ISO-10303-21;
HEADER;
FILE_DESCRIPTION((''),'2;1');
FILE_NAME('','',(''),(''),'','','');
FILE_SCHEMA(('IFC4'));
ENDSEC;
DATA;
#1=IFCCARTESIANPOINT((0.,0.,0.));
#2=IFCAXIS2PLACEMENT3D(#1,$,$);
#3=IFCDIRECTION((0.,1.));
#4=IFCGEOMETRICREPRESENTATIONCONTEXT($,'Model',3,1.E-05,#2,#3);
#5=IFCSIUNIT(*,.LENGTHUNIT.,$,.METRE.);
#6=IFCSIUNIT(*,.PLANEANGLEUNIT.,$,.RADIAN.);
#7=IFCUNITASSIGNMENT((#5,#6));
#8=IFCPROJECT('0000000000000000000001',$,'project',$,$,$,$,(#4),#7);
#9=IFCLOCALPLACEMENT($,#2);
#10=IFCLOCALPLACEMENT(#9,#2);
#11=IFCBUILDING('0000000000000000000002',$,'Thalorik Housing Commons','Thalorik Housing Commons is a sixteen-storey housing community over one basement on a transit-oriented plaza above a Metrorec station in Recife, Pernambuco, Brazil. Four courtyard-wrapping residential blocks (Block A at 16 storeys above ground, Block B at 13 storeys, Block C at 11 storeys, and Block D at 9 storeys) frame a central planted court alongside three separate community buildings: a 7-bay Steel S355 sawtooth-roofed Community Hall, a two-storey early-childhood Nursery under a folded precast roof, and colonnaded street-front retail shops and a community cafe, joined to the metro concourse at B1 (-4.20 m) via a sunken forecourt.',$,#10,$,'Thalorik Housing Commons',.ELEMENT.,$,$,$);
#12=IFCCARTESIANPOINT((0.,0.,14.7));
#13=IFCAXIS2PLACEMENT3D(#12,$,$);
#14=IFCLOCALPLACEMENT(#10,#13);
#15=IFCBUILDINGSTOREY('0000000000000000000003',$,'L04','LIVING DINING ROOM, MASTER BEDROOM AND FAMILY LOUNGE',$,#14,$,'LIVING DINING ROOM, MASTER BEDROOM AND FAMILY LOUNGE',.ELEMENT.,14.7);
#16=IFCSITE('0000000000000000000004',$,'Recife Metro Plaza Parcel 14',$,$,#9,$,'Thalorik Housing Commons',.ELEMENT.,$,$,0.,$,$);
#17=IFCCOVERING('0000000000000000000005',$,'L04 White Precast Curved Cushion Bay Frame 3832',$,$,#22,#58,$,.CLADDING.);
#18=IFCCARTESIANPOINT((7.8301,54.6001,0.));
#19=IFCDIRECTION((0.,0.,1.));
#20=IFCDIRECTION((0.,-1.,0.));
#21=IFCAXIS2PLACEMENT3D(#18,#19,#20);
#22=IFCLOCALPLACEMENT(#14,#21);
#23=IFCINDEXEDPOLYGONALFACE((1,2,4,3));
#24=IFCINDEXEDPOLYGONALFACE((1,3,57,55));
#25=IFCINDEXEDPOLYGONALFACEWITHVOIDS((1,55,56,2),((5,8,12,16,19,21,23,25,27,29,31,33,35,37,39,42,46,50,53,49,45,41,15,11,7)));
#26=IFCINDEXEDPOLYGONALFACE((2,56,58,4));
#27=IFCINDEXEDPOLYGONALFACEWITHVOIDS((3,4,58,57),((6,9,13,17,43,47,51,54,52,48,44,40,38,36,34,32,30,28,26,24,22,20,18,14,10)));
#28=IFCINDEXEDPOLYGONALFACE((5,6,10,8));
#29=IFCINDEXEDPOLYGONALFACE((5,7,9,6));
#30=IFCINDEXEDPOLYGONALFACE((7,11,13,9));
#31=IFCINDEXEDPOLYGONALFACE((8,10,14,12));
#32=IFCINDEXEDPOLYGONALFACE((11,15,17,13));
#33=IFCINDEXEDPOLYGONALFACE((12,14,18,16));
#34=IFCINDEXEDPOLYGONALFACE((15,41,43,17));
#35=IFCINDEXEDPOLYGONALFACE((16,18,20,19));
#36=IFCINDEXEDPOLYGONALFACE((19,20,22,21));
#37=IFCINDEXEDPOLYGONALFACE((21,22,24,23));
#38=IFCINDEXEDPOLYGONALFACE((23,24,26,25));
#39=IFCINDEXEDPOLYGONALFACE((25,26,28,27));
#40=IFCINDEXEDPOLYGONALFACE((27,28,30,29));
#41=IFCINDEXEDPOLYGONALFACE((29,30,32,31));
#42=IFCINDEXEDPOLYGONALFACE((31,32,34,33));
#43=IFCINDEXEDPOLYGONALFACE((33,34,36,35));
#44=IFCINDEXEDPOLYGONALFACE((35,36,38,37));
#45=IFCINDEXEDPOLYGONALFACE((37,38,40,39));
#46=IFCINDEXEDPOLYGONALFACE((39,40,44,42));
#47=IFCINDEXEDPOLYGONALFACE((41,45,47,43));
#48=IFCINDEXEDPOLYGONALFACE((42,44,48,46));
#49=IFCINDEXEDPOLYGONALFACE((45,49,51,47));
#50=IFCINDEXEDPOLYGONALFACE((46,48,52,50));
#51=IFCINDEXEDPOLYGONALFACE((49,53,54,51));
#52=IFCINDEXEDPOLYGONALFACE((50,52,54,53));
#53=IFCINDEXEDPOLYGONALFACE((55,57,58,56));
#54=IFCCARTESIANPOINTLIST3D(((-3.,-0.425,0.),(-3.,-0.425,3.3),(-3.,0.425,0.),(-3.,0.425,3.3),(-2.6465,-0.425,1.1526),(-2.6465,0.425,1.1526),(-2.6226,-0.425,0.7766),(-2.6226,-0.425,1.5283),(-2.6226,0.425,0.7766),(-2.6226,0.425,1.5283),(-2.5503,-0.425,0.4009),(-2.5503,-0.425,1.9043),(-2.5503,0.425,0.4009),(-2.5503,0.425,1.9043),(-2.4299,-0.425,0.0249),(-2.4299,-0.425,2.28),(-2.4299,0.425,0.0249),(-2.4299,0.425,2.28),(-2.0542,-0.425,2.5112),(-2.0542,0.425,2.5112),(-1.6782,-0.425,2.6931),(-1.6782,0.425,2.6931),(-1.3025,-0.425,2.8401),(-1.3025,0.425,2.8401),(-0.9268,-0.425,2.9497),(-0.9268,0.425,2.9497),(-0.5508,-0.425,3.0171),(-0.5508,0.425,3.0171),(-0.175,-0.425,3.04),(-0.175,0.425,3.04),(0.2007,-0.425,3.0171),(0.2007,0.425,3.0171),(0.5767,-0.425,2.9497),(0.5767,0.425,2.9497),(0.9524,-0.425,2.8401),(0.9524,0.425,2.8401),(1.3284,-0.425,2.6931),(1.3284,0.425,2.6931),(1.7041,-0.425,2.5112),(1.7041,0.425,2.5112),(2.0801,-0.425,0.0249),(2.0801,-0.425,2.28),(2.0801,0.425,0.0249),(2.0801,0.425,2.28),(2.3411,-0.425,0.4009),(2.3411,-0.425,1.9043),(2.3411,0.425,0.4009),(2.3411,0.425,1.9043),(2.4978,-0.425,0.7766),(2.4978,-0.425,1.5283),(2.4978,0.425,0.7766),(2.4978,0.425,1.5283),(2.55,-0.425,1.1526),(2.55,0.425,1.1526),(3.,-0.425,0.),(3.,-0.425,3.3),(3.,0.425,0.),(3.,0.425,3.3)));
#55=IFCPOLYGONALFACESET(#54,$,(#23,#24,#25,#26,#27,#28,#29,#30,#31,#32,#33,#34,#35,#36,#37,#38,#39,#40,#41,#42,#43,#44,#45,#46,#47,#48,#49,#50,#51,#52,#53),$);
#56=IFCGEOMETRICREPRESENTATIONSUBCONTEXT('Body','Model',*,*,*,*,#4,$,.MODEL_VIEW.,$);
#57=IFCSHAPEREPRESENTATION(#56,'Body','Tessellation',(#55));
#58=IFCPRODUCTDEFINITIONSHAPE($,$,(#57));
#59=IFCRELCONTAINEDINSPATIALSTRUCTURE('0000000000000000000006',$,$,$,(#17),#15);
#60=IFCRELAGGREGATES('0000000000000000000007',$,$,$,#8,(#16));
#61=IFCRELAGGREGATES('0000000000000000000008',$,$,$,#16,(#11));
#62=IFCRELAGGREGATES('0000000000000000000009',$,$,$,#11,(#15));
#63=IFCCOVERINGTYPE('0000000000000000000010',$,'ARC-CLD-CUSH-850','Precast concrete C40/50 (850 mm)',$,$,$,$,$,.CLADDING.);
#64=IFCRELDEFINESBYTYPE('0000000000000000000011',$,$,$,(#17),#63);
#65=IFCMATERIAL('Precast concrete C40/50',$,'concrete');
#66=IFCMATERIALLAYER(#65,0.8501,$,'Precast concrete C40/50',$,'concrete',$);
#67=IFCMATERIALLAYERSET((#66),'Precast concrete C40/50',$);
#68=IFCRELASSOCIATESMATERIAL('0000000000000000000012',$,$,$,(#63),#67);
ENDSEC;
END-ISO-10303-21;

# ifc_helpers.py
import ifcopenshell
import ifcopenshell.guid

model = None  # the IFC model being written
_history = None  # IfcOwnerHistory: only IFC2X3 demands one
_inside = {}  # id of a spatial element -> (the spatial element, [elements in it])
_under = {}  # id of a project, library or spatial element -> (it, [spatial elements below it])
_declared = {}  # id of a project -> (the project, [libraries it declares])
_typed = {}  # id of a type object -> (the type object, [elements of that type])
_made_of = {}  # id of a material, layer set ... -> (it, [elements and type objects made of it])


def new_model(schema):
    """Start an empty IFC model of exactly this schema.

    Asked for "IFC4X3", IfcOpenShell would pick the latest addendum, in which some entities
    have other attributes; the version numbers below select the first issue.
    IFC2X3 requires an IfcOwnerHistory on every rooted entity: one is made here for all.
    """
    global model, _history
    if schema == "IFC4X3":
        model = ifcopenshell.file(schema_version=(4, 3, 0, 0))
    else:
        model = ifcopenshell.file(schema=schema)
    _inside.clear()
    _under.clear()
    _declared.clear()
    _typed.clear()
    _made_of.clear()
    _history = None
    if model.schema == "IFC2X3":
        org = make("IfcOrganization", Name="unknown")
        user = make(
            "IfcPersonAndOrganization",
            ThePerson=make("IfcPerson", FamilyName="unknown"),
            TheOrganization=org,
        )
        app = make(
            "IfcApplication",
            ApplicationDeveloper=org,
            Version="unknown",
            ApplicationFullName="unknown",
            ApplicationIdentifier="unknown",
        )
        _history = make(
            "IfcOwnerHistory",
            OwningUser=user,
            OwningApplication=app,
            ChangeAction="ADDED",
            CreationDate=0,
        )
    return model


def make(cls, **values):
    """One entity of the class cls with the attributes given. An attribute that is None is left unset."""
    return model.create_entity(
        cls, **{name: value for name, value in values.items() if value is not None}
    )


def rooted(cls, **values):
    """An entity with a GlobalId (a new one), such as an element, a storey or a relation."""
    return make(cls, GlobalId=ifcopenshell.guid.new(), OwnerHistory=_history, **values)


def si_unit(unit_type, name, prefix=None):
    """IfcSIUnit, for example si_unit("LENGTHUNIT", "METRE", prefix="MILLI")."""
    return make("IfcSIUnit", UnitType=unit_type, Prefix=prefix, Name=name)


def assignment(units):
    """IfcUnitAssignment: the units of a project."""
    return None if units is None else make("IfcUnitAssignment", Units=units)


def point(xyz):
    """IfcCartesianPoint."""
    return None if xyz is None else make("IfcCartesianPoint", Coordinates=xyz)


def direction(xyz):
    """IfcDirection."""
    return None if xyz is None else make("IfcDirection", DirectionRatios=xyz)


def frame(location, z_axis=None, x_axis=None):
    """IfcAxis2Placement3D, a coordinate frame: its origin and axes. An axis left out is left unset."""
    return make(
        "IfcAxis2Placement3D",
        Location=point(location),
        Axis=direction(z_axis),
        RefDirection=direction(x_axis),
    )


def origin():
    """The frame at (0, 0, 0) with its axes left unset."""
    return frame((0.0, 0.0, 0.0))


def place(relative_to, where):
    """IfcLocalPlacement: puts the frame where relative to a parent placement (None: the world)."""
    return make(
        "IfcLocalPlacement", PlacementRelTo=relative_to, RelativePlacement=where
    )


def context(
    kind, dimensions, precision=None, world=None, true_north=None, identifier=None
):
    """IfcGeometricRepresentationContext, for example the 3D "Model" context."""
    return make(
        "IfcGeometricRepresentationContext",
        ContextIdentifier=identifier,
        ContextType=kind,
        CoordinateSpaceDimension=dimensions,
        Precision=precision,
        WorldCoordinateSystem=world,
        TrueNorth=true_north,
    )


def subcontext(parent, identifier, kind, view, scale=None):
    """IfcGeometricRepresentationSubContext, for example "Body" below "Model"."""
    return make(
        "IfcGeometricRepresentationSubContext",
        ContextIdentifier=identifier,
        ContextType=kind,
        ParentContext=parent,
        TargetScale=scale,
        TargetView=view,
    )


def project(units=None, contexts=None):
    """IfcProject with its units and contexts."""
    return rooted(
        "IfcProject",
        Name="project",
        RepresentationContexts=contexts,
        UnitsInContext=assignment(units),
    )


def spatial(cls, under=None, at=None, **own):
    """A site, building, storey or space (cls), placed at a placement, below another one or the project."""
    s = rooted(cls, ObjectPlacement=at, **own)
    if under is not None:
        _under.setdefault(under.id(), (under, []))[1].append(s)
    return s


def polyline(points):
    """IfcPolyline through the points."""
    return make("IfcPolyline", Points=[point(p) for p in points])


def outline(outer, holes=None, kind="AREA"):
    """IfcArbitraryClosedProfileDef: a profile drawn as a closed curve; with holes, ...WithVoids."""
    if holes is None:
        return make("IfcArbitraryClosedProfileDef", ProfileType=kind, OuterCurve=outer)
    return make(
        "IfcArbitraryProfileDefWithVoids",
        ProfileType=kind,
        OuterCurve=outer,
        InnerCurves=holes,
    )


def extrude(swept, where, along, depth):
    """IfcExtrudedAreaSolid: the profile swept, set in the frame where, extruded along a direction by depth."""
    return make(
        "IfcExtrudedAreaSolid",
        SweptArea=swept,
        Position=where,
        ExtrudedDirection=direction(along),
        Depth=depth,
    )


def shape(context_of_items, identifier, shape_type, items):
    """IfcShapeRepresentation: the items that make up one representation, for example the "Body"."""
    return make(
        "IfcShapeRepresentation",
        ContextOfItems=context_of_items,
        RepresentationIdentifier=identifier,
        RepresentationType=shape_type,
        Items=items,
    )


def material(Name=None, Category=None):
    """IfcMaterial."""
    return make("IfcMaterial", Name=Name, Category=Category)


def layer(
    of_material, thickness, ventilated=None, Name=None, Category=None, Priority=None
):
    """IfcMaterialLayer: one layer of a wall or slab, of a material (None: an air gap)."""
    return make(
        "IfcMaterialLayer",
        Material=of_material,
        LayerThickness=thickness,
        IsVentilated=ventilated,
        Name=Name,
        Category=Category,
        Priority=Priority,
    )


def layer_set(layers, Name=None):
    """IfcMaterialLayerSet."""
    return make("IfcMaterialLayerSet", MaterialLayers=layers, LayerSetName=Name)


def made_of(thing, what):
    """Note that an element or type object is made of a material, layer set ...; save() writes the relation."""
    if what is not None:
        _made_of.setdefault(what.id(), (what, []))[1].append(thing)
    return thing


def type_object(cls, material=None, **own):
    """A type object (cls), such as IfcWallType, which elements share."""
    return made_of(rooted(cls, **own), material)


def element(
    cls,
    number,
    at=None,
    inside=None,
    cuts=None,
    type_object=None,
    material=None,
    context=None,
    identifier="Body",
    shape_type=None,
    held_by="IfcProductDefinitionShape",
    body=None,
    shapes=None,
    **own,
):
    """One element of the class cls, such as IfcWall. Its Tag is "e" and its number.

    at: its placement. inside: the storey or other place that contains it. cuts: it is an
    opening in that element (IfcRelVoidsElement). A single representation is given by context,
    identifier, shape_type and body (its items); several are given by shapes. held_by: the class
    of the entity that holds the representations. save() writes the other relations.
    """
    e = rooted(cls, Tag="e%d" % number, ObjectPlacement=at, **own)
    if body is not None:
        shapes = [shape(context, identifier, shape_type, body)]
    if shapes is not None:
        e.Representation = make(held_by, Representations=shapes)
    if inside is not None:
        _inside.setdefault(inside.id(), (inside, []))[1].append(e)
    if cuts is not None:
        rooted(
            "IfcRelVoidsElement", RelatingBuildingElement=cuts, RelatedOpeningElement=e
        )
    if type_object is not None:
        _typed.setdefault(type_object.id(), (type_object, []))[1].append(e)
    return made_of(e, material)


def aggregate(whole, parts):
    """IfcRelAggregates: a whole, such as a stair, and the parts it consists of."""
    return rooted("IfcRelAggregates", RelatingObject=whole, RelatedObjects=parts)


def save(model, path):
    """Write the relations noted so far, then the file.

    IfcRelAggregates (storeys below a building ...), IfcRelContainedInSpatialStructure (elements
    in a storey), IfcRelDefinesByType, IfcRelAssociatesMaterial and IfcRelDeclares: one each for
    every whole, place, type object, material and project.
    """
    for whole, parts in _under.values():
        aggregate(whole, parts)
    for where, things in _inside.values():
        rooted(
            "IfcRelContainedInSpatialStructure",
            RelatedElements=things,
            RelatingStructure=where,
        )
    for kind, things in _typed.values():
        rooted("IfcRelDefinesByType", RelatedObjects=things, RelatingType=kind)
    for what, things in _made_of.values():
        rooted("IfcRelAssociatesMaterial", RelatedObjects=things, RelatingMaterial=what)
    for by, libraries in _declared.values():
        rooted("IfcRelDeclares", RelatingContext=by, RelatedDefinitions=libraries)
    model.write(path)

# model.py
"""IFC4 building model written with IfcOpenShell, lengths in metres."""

from ifc_helpers import new_model, si_unit, direction, frame, origin, place, context, subcontext, project, spatial, polyline, outline, extrude, material, layer, layer_set, type_object, element, save


model = new_model("IFC4")

# Units and contexts
model_context = context("Model", 3, precision=1e-05, world=origin(), true_north=direction((0.0, 1.0)))
body_context = subcontext(model_context, "Body", "Model", "MODEL_VIEW")
ifc_project = project(units=[si_unit("LENGTHUNIT", "METRE"), si_unit("PLANEANGLEUNIT", "RADIAN")], contexts=[model_context])

# Site, building, storey
site_placement = place(None, origin())
site = spatial("IfcSite", under=ifc_project, at=site_placement, Name="Recife Metro Plaza Parcel 14", LongName="Thalorik Housing Commons", CompositionType="ELEMENT", RefElevation=0.0)
building_placement = place(site_placement, origin())
building = spatial("IfcBuilding", under=site, at=building_placement, Name="Thalorik Housing Commons", Description="Thalorik Housing Commons is a sixteen-storey housing community over one basement on a transit-oriented plaza above a Metrorec station in Recife, Pernambuco, Brazil. Four courtyard-wrapping residential blocks (Block A at 16 storeys above ground, Block B at 13 storeys, Block C at 11 storeys, and Block D at 9 storeys) frame a central planted court alongside three separate community buildings: a 7-bay Steel S355 sawtooth-roofed Community Hall, a two-storey early-childhood Nursery under a folded precast roof, and colonnaded street-front retail shops and a community cafe, joined to the metro concourse at B1 (-4.20 m) via a sunken forecourt.", LongName="Thalorik Housing Commons", CompositionType="ELEMENT")
storey_placement = place(building_placement, frame((0.0, 0.0, 14.7)))
storey = spatial("IfcBuildingStorey", under=building, at=storey_placement, Name="L04", Description="LIVING DINING ROOM, MASTER BEDROOM AND FAMILY LOUNGE", LongName="LIVING DINING ROOM, MASTER BEDROOM AND FAMILY LOUNGE", CompositionType="ELEMENT", Elevation=14.7)

# Shared definitions
ifc_material_1 = material(Name="Precast concrete C40/50", Category="concrete")

# Covering
ifc_layer_1 = layer(ifc_material_1, 0.8501, Name="Precast concrete C40/50", Category="concrete")
ifc_layer_set_1 = layer_set([ifc_layer_1], Name="Precast concrete C40/50")
covering_type_1 = type_object("IfcCoveringType", Name="ARC-CLD-CUSH-850", Description="Precast concrete C40/50 (850 mm)", PredefinedType="CLADDING", material=ifc_layer_set_1)
covering_1_placement = place(storey_placement, frame((7.8301, 54.6001, 0.0), z_axis=(0.0, 0.0, 1.0), x_axis=(0.0, -1.0, 0.0)))
element("IfcCovering", 1, at=covering_1_placement, inside=storey, type_object=covering_type_1, Name="L04 White Precast Curved Cushion Bay Frame 3832", PredefinedType="CLADDING", context=body_context, shape_type="SweptSolid", body=[
    extrude(outline(polyline([(-3.0, 0.0), (3.0, 0.0), (3.0, 3.3), (-3.0, 3.3), (-3.0, 0.0)]), holes=[polyline([(2.0801, 0.0249), (2.3411, 0.4009), (2.4978, 0.7766), (2.55, 1.1526), (2.4978, 1.5283), (2.3411, 1.9043), (2.0801, 2.28), (1.7041, 2.5112), (1.3284, 2.6931), (0.9524, 2.8401), (0.5767, 2.9497), (0.2007, 3.0171), (-0.175, 3.04), (-0.5508, 3.0171), (-0.9268, 2.9497), (-1.3025, 2.8401), (-1.6782, 2.6931), (-2.0542, 2.5112), (-2.4299, 2.28), (-2.5503, 1.9043), (-2.6226, 1.5283), (-2.6465, 1.1526), (-2.6226, 0.7766), (-2.5503, 0.4009), (-2.4299, 0.0249), (2.0801, 0.0249)])]), frame((0.0, 0.425, 0.0), z_axis=(0.0, -1.0, 0.0), x_axis=(1.0, 0.0, 0.0)), (0.0, 0.0, 1.0), 0.8501),
])

save(model, "model.ifc")
